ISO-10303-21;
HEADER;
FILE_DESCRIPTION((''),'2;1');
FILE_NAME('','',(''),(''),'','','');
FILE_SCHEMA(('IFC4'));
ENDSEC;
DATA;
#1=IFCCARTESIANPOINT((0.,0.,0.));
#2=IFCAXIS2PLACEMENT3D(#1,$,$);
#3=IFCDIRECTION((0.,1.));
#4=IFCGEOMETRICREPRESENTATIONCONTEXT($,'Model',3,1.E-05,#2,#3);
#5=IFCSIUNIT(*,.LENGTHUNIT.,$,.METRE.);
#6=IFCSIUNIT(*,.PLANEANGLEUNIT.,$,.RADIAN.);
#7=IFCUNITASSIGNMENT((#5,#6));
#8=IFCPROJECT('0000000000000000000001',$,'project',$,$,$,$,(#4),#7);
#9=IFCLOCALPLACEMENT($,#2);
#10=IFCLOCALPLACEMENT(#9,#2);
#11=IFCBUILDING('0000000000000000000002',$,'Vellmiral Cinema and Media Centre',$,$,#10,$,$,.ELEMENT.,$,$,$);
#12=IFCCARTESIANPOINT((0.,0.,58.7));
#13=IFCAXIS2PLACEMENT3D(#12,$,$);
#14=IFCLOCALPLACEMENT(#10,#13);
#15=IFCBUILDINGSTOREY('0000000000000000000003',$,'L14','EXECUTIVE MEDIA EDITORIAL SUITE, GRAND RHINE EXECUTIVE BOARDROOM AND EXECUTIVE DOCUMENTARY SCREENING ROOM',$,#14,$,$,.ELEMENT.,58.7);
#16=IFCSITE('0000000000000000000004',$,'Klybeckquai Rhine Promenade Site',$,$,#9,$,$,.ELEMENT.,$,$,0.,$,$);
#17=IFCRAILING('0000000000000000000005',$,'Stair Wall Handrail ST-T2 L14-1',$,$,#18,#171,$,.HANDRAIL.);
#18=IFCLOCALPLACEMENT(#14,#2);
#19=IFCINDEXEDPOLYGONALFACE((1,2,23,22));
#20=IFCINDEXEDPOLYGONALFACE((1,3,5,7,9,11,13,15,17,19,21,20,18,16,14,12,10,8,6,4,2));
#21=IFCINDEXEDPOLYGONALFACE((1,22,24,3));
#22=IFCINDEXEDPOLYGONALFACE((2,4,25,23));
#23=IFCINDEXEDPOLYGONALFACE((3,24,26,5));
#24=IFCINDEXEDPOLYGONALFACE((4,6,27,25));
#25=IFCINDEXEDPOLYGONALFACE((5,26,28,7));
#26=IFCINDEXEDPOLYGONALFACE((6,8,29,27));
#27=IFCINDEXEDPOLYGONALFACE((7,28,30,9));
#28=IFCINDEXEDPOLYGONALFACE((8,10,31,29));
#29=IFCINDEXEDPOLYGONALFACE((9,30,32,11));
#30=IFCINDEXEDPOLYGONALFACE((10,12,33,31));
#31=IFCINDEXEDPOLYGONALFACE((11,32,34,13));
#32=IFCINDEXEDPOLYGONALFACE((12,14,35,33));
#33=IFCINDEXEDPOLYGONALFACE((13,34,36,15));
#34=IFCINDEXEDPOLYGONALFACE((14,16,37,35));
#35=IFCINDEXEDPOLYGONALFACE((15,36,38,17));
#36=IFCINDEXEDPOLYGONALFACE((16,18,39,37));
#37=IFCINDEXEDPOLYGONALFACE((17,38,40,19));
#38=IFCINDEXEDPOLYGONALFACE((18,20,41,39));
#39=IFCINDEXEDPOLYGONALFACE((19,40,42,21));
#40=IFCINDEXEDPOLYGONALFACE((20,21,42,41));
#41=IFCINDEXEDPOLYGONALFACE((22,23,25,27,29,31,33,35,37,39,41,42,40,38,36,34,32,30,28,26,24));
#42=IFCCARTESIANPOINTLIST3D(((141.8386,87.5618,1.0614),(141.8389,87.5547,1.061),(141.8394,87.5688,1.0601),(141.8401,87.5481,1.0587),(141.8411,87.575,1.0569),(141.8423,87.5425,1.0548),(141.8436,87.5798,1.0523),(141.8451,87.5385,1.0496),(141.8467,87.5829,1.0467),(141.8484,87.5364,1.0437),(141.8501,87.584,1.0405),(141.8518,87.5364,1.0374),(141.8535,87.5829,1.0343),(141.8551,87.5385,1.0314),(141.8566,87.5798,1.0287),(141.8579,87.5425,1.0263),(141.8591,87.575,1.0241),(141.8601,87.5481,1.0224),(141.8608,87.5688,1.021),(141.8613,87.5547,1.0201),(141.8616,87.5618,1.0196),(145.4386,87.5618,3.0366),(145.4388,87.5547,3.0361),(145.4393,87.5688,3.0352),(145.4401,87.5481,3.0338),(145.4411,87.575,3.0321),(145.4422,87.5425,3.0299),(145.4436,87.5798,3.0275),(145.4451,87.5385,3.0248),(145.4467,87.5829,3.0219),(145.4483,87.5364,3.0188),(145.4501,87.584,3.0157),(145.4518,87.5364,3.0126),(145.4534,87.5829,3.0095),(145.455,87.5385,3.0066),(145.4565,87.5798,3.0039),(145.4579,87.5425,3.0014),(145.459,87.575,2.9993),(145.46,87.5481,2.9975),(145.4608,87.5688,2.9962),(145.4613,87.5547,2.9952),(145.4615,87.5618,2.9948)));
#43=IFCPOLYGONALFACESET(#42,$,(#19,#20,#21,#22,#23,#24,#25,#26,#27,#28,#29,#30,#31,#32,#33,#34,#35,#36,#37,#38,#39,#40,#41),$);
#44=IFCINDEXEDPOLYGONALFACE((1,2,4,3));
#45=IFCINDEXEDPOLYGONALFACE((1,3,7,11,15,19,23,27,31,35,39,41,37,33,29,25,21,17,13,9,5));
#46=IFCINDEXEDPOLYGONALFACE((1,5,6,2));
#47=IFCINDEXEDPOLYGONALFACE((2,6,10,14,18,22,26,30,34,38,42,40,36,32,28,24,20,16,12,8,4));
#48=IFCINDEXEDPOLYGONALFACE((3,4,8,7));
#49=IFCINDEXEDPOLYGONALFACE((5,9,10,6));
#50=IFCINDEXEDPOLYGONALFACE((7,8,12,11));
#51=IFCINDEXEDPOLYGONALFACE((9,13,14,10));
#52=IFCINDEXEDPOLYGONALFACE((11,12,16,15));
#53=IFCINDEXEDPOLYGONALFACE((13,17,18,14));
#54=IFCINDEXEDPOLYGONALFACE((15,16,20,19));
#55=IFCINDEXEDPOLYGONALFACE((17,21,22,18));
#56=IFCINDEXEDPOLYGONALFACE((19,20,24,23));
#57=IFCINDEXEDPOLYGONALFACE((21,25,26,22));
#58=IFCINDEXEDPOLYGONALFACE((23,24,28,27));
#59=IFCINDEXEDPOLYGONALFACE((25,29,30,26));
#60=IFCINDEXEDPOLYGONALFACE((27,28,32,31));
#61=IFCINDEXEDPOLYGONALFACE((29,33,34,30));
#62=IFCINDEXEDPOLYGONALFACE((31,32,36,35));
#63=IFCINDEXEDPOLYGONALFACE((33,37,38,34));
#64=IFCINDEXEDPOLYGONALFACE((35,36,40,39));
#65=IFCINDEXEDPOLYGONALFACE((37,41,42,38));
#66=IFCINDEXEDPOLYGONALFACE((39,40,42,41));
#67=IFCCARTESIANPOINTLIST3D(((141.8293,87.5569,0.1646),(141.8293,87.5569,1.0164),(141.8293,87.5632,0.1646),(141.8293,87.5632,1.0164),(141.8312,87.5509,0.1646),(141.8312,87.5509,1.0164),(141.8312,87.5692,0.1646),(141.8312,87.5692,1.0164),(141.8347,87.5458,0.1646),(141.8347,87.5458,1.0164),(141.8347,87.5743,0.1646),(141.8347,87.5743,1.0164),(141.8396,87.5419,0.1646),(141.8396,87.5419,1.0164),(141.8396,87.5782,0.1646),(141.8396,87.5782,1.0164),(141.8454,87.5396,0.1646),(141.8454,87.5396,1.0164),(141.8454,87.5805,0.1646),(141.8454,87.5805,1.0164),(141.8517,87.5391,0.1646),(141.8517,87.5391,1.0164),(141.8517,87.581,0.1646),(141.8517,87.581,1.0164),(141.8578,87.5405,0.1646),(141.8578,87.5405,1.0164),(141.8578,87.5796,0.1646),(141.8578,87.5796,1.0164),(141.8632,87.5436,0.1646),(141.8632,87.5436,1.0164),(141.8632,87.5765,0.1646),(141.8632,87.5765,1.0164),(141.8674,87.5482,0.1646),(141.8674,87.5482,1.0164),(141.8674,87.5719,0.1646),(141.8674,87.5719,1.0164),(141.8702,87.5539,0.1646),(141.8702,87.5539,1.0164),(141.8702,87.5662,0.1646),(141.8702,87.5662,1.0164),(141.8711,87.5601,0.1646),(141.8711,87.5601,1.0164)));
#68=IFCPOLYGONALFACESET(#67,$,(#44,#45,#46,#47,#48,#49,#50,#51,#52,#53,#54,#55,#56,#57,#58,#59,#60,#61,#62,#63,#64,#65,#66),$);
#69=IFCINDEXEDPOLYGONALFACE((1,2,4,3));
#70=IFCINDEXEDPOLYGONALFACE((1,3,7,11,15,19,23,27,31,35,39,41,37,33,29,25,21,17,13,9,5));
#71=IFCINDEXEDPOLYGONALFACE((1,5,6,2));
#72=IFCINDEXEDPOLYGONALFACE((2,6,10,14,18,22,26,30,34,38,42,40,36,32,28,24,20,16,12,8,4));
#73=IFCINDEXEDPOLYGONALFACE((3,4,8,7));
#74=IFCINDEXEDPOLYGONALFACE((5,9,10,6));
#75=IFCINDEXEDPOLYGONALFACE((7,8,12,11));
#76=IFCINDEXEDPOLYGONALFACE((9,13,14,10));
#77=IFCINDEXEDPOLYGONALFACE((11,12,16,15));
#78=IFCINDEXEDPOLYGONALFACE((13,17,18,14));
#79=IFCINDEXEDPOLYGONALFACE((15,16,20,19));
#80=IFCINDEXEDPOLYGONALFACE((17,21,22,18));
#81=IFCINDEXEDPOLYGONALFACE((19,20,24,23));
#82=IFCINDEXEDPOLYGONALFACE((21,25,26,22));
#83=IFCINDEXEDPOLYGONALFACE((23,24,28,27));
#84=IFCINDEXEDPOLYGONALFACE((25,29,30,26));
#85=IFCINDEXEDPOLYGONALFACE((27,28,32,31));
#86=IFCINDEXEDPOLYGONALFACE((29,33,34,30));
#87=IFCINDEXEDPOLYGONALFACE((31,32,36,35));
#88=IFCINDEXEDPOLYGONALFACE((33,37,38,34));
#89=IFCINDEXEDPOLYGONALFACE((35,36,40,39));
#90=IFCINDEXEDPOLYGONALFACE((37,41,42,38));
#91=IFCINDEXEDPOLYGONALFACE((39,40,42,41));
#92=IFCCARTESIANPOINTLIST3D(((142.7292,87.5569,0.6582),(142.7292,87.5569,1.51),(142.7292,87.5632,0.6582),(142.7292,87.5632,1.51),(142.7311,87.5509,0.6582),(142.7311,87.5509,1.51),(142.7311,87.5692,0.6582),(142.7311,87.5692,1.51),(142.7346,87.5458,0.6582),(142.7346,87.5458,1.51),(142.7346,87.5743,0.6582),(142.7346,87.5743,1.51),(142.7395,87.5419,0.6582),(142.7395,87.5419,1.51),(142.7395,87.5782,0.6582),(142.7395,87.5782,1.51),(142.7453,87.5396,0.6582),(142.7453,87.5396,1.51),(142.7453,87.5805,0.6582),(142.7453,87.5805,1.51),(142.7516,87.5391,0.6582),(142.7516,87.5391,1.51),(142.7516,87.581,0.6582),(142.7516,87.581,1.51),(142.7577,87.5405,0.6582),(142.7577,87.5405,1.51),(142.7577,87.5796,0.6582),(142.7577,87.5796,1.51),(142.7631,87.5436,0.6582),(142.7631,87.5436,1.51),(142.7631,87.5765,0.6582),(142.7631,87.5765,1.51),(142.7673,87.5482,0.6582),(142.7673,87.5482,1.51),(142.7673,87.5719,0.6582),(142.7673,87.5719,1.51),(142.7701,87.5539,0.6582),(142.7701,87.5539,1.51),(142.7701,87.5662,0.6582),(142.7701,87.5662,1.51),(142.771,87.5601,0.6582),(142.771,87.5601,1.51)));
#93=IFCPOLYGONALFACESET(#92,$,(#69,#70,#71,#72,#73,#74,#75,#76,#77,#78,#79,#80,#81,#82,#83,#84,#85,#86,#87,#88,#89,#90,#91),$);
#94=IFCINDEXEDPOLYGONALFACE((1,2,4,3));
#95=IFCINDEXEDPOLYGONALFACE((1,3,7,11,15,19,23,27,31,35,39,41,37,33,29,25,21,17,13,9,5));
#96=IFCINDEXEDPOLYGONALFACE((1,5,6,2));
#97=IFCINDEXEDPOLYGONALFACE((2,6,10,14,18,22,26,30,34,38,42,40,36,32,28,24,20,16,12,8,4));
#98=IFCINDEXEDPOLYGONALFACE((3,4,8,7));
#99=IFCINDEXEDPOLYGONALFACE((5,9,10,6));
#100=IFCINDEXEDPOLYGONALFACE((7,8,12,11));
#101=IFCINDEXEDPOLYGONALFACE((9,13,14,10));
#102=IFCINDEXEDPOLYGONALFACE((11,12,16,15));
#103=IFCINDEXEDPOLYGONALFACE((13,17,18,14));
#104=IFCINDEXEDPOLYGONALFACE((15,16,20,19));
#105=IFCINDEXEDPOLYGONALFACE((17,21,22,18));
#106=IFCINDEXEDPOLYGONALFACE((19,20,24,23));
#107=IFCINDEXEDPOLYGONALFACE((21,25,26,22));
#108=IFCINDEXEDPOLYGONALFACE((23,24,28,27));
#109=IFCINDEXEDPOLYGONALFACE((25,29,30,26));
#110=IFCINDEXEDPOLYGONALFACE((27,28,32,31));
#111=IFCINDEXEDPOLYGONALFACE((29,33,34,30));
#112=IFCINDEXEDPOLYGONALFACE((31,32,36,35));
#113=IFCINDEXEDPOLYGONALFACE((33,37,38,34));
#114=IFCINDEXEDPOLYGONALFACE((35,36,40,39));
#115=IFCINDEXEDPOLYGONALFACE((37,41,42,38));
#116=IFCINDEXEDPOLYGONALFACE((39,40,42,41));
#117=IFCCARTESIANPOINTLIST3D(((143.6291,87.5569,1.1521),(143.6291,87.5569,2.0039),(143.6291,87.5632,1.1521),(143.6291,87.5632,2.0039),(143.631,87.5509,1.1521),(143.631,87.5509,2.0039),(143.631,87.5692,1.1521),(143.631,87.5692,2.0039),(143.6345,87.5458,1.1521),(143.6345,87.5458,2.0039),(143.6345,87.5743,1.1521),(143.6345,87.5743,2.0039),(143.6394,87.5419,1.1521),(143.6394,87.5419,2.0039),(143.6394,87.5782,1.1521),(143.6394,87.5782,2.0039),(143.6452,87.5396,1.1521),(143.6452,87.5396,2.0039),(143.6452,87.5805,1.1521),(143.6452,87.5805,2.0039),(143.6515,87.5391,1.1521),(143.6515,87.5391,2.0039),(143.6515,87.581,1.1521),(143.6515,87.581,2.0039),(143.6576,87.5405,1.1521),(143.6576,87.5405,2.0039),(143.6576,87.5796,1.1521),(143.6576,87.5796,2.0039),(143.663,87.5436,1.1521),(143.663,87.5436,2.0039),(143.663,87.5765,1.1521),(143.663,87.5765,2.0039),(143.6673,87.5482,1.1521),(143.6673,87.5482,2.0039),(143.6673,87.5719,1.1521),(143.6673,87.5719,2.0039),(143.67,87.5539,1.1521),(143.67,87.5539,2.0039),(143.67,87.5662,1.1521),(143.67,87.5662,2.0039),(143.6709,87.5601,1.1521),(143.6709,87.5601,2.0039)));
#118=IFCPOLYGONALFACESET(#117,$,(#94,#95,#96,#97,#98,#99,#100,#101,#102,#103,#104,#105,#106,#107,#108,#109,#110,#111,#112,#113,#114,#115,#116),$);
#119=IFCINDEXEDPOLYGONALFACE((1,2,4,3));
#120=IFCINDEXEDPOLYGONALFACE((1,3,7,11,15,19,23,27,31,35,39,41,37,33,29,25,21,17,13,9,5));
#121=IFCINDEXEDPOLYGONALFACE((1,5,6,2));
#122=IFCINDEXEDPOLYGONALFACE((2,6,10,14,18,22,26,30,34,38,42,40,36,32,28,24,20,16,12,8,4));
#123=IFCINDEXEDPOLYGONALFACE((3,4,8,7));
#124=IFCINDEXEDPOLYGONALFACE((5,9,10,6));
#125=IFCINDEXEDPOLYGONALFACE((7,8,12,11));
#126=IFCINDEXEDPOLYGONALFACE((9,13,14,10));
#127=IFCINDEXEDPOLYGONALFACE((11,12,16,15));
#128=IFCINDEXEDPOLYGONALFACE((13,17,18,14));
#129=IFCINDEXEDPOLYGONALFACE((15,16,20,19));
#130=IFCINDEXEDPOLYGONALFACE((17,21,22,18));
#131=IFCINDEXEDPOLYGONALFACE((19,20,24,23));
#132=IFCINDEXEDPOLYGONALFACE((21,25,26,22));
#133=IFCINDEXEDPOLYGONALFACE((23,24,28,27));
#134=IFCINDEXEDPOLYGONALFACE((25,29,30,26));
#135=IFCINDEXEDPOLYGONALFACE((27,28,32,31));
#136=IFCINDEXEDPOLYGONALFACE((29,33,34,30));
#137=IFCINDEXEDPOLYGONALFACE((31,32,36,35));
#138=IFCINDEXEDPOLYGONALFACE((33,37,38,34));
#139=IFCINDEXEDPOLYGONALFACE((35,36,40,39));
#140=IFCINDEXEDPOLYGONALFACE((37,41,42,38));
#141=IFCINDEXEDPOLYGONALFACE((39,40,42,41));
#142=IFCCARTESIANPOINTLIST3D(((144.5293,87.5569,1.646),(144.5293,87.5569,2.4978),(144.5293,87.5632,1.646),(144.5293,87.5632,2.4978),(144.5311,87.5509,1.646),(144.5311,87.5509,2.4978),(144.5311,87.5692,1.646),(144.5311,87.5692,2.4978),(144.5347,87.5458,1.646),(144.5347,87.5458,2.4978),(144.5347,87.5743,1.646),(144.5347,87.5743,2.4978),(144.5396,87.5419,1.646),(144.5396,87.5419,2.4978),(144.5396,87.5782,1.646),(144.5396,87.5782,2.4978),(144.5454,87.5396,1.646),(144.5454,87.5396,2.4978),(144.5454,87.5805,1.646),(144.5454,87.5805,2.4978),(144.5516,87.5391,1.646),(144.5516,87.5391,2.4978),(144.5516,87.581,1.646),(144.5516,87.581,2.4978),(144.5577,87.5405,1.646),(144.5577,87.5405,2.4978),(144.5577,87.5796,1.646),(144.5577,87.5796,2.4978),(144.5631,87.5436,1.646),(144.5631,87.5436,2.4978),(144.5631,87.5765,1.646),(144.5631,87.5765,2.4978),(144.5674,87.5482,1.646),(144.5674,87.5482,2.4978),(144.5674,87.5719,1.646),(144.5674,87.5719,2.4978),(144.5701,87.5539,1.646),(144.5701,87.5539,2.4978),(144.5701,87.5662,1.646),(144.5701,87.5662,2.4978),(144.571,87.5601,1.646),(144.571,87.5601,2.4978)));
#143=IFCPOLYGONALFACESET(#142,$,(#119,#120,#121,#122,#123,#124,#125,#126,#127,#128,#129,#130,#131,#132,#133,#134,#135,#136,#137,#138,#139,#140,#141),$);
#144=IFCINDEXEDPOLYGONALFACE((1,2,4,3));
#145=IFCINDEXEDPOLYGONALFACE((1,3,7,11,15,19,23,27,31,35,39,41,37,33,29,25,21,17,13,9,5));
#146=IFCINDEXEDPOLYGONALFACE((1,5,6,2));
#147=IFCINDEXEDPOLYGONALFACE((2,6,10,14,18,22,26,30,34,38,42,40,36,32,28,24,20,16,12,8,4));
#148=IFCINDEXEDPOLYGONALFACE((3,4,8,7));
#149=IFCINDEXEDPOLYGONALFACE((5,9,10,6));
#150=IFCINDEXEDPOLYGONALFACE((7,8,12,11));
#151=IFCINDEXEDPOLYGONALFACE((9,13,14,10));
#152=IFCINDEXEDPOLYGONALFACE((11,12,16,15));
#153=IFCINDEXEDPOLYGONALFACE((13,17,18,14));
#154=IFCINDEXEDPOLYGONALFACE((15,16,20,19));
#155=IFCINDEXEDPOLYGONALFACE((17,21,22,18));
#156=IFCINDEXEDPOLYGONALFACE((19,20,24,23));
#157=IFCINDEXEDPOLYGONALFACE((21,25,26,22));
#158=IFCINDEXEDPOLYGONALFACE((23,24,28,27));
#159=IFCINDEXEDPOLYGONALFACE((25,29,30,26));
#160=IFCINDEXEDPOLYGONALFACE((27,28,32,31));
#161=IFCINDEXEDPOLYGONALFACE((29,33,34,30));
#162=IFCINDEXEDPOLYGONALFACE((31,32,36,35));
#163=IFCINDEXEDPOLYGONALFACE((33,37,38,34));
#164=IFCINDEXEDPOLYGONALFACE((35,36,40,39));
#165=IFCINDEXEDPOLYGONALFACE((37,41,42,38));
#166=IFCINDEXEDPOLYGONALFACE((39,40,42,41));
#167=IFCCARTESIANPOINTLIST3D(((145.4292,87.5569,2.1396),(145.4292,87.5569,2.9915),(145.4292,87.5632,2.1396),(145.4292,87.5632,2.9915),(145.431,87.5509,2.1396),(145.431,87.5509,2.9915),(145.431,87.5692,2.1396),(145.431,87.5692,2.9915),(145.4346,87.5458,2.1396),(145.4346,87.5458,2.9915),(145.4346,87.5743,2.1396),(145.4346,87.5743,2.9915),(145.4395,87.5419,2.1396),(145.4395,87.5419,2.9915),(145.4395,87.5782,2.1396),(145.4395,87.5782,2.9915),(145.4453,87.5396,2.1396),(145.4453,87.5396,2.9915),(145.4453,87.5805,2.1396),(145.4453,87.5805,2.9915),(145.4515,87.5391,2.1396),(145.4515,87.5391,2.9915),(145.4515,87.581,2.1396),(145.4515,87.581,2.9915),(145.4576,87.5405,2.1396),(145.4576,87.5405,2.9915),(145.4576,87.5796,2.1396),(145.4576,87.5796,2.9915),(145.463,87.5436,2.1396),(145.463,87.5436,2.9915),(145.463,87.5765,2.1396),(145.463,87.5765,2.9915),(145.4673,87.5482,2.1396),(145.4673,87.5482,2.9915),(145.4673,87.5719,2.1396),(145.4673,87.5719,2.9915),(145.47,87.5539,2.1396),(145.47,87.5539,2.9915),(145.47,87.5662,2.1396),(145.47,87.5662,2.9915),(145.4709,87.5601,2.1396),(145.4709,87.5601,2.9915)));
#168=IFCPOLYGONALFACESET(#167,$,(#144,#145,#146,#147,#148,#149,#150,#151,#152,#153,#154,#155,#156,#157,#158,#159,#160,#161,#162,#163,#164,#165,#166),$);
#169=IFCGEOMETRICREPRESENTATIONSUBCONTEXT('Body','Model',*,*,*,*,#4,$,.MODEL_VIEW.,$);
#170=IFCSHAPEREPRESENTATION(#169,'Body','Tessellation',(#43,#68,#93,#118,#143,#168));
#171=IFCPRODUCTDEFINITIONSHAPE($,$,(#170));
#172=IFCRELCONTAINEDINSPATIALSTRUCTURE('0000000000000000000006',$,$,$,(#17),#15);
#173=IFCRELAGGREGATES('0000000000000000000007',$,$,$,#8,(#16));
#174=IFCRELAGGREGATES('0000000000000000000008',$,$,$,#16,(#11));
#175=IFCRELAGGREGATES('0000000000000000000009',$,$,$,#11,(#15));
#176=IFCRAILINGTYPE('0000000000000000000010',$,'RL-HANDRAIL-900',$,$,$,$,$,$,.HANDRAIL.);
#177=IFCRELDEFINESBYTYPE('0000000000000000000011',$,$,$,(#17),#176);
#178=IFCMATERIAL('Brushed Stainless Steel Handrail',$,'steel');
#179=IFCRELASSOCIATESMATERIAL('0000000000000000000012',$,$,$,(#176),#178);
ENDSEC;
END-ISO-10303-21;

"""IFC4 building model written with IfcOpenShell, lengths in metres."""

from ifc_helpers import new_model, si_unit, direction, frame, origin, origin_2d, place, context, subcontext, project, spatial, circle, extrude, material, type_object, element, save


model = new_model("IFC4")

# Units and contexts
model_context = context("Model", 3, precision=1e-05, world=origin(), true_north=direction((0.0, 1.0)))
body_context = subcontext(model_context, "Body", "Model", "MODEL_VIEW")
ifc_project = project(units=[si_unit("LENGTHUNIT", "METRE"), si_unit("PLANEANGLEUNIT", "RADIAN")], contexts=[model_context])

# Site, building, storey
site_placement = place(None, origin())
site = spatial("IfcSite", under=ifc_project, at=site_placement, Name="Klybeckquai Rhine Promenade Site", CompositionType="ELEMENT", RefElevation=0.0)
building_placement = place(site_placement, origin())
building = spatial("IfcBuilding", under=site, at=building_placement, Name="Vellmiral Cinema and Media Centre", CompositionType="ELEMENT")
storey_placement = place(building_placement, frame((0.0, 0.0, 58.7)))
storey = spatial("IfcBuildingStorey", under=building, at=storey_placement, Name="L14", Description="EXECUTIVE MEDIA EDITORIAL SUITE, GRAND RHINE EXECUTIVE BOARDROOM AND EXECUTIVE DOCUMENTARY SCREENING ROOM", CompositionType="ELEMENT", Elevation=58.7)

# Railing
ifc_material_1 = material(Name="Brushed Stainless Steel Handrail", Category="steel")
railing_type_1 = type_object("IfcRailingType", Name="RL-HANDRAIL-900", PredefinedType="HANDRAIL", material=ifc_material_1)
railing_1_placement = place(storey_placement, frame((141.8501, 87.5601, 0.1646)))
element("IfcRailing", 1, at=railing_1_placement, inside=storey, type_object=railing_type_1, Name="Stair Wall Handrail ST-T2 L14-1", PredefinedType="HANDRAIL", context=body_context, shape_type="SweptSolid", body=[
    extrude(circle(Radius=0.0239, at=origin_2d()), frame((0.0, 0.0, 0.876), z_axis=(0.876711, 0.0, 0.481017), x_axis=(0.0, 1.0, 0.0)), (0.0, 0.0, 1.0), 4.1062),
    extrude(circle(Radius=0.021, at=origin_2d()), origin(), (0.0, 0.0, 1.0), 0.8518),
    extrude(circle(Radius=0.021, at=origin_2d()), frame((0.8999, 0.0, 0.4937)), (0.0, 0.0, 1.0), 0.8518),
    extrude(circle(Radius=0.021, at=origin_2d()), frame((1.7998, 0.0, 0.9875)), (0.0, 0.0, 1.0), 0.8518),
    extrude(circle(Radius=0.021, at=origin_2d()), frame((2.7, 0.0, 1.4814)), (0.0, 0.0, 1.0), 0.8518),
    extrude(circle(Radius=0.021, at=origin_2d()), frame((3.5999, 0.0, 1.9751)), (0.0, 0.0, 1.0), 0.8518),
])

save(model, "model.ifc")
